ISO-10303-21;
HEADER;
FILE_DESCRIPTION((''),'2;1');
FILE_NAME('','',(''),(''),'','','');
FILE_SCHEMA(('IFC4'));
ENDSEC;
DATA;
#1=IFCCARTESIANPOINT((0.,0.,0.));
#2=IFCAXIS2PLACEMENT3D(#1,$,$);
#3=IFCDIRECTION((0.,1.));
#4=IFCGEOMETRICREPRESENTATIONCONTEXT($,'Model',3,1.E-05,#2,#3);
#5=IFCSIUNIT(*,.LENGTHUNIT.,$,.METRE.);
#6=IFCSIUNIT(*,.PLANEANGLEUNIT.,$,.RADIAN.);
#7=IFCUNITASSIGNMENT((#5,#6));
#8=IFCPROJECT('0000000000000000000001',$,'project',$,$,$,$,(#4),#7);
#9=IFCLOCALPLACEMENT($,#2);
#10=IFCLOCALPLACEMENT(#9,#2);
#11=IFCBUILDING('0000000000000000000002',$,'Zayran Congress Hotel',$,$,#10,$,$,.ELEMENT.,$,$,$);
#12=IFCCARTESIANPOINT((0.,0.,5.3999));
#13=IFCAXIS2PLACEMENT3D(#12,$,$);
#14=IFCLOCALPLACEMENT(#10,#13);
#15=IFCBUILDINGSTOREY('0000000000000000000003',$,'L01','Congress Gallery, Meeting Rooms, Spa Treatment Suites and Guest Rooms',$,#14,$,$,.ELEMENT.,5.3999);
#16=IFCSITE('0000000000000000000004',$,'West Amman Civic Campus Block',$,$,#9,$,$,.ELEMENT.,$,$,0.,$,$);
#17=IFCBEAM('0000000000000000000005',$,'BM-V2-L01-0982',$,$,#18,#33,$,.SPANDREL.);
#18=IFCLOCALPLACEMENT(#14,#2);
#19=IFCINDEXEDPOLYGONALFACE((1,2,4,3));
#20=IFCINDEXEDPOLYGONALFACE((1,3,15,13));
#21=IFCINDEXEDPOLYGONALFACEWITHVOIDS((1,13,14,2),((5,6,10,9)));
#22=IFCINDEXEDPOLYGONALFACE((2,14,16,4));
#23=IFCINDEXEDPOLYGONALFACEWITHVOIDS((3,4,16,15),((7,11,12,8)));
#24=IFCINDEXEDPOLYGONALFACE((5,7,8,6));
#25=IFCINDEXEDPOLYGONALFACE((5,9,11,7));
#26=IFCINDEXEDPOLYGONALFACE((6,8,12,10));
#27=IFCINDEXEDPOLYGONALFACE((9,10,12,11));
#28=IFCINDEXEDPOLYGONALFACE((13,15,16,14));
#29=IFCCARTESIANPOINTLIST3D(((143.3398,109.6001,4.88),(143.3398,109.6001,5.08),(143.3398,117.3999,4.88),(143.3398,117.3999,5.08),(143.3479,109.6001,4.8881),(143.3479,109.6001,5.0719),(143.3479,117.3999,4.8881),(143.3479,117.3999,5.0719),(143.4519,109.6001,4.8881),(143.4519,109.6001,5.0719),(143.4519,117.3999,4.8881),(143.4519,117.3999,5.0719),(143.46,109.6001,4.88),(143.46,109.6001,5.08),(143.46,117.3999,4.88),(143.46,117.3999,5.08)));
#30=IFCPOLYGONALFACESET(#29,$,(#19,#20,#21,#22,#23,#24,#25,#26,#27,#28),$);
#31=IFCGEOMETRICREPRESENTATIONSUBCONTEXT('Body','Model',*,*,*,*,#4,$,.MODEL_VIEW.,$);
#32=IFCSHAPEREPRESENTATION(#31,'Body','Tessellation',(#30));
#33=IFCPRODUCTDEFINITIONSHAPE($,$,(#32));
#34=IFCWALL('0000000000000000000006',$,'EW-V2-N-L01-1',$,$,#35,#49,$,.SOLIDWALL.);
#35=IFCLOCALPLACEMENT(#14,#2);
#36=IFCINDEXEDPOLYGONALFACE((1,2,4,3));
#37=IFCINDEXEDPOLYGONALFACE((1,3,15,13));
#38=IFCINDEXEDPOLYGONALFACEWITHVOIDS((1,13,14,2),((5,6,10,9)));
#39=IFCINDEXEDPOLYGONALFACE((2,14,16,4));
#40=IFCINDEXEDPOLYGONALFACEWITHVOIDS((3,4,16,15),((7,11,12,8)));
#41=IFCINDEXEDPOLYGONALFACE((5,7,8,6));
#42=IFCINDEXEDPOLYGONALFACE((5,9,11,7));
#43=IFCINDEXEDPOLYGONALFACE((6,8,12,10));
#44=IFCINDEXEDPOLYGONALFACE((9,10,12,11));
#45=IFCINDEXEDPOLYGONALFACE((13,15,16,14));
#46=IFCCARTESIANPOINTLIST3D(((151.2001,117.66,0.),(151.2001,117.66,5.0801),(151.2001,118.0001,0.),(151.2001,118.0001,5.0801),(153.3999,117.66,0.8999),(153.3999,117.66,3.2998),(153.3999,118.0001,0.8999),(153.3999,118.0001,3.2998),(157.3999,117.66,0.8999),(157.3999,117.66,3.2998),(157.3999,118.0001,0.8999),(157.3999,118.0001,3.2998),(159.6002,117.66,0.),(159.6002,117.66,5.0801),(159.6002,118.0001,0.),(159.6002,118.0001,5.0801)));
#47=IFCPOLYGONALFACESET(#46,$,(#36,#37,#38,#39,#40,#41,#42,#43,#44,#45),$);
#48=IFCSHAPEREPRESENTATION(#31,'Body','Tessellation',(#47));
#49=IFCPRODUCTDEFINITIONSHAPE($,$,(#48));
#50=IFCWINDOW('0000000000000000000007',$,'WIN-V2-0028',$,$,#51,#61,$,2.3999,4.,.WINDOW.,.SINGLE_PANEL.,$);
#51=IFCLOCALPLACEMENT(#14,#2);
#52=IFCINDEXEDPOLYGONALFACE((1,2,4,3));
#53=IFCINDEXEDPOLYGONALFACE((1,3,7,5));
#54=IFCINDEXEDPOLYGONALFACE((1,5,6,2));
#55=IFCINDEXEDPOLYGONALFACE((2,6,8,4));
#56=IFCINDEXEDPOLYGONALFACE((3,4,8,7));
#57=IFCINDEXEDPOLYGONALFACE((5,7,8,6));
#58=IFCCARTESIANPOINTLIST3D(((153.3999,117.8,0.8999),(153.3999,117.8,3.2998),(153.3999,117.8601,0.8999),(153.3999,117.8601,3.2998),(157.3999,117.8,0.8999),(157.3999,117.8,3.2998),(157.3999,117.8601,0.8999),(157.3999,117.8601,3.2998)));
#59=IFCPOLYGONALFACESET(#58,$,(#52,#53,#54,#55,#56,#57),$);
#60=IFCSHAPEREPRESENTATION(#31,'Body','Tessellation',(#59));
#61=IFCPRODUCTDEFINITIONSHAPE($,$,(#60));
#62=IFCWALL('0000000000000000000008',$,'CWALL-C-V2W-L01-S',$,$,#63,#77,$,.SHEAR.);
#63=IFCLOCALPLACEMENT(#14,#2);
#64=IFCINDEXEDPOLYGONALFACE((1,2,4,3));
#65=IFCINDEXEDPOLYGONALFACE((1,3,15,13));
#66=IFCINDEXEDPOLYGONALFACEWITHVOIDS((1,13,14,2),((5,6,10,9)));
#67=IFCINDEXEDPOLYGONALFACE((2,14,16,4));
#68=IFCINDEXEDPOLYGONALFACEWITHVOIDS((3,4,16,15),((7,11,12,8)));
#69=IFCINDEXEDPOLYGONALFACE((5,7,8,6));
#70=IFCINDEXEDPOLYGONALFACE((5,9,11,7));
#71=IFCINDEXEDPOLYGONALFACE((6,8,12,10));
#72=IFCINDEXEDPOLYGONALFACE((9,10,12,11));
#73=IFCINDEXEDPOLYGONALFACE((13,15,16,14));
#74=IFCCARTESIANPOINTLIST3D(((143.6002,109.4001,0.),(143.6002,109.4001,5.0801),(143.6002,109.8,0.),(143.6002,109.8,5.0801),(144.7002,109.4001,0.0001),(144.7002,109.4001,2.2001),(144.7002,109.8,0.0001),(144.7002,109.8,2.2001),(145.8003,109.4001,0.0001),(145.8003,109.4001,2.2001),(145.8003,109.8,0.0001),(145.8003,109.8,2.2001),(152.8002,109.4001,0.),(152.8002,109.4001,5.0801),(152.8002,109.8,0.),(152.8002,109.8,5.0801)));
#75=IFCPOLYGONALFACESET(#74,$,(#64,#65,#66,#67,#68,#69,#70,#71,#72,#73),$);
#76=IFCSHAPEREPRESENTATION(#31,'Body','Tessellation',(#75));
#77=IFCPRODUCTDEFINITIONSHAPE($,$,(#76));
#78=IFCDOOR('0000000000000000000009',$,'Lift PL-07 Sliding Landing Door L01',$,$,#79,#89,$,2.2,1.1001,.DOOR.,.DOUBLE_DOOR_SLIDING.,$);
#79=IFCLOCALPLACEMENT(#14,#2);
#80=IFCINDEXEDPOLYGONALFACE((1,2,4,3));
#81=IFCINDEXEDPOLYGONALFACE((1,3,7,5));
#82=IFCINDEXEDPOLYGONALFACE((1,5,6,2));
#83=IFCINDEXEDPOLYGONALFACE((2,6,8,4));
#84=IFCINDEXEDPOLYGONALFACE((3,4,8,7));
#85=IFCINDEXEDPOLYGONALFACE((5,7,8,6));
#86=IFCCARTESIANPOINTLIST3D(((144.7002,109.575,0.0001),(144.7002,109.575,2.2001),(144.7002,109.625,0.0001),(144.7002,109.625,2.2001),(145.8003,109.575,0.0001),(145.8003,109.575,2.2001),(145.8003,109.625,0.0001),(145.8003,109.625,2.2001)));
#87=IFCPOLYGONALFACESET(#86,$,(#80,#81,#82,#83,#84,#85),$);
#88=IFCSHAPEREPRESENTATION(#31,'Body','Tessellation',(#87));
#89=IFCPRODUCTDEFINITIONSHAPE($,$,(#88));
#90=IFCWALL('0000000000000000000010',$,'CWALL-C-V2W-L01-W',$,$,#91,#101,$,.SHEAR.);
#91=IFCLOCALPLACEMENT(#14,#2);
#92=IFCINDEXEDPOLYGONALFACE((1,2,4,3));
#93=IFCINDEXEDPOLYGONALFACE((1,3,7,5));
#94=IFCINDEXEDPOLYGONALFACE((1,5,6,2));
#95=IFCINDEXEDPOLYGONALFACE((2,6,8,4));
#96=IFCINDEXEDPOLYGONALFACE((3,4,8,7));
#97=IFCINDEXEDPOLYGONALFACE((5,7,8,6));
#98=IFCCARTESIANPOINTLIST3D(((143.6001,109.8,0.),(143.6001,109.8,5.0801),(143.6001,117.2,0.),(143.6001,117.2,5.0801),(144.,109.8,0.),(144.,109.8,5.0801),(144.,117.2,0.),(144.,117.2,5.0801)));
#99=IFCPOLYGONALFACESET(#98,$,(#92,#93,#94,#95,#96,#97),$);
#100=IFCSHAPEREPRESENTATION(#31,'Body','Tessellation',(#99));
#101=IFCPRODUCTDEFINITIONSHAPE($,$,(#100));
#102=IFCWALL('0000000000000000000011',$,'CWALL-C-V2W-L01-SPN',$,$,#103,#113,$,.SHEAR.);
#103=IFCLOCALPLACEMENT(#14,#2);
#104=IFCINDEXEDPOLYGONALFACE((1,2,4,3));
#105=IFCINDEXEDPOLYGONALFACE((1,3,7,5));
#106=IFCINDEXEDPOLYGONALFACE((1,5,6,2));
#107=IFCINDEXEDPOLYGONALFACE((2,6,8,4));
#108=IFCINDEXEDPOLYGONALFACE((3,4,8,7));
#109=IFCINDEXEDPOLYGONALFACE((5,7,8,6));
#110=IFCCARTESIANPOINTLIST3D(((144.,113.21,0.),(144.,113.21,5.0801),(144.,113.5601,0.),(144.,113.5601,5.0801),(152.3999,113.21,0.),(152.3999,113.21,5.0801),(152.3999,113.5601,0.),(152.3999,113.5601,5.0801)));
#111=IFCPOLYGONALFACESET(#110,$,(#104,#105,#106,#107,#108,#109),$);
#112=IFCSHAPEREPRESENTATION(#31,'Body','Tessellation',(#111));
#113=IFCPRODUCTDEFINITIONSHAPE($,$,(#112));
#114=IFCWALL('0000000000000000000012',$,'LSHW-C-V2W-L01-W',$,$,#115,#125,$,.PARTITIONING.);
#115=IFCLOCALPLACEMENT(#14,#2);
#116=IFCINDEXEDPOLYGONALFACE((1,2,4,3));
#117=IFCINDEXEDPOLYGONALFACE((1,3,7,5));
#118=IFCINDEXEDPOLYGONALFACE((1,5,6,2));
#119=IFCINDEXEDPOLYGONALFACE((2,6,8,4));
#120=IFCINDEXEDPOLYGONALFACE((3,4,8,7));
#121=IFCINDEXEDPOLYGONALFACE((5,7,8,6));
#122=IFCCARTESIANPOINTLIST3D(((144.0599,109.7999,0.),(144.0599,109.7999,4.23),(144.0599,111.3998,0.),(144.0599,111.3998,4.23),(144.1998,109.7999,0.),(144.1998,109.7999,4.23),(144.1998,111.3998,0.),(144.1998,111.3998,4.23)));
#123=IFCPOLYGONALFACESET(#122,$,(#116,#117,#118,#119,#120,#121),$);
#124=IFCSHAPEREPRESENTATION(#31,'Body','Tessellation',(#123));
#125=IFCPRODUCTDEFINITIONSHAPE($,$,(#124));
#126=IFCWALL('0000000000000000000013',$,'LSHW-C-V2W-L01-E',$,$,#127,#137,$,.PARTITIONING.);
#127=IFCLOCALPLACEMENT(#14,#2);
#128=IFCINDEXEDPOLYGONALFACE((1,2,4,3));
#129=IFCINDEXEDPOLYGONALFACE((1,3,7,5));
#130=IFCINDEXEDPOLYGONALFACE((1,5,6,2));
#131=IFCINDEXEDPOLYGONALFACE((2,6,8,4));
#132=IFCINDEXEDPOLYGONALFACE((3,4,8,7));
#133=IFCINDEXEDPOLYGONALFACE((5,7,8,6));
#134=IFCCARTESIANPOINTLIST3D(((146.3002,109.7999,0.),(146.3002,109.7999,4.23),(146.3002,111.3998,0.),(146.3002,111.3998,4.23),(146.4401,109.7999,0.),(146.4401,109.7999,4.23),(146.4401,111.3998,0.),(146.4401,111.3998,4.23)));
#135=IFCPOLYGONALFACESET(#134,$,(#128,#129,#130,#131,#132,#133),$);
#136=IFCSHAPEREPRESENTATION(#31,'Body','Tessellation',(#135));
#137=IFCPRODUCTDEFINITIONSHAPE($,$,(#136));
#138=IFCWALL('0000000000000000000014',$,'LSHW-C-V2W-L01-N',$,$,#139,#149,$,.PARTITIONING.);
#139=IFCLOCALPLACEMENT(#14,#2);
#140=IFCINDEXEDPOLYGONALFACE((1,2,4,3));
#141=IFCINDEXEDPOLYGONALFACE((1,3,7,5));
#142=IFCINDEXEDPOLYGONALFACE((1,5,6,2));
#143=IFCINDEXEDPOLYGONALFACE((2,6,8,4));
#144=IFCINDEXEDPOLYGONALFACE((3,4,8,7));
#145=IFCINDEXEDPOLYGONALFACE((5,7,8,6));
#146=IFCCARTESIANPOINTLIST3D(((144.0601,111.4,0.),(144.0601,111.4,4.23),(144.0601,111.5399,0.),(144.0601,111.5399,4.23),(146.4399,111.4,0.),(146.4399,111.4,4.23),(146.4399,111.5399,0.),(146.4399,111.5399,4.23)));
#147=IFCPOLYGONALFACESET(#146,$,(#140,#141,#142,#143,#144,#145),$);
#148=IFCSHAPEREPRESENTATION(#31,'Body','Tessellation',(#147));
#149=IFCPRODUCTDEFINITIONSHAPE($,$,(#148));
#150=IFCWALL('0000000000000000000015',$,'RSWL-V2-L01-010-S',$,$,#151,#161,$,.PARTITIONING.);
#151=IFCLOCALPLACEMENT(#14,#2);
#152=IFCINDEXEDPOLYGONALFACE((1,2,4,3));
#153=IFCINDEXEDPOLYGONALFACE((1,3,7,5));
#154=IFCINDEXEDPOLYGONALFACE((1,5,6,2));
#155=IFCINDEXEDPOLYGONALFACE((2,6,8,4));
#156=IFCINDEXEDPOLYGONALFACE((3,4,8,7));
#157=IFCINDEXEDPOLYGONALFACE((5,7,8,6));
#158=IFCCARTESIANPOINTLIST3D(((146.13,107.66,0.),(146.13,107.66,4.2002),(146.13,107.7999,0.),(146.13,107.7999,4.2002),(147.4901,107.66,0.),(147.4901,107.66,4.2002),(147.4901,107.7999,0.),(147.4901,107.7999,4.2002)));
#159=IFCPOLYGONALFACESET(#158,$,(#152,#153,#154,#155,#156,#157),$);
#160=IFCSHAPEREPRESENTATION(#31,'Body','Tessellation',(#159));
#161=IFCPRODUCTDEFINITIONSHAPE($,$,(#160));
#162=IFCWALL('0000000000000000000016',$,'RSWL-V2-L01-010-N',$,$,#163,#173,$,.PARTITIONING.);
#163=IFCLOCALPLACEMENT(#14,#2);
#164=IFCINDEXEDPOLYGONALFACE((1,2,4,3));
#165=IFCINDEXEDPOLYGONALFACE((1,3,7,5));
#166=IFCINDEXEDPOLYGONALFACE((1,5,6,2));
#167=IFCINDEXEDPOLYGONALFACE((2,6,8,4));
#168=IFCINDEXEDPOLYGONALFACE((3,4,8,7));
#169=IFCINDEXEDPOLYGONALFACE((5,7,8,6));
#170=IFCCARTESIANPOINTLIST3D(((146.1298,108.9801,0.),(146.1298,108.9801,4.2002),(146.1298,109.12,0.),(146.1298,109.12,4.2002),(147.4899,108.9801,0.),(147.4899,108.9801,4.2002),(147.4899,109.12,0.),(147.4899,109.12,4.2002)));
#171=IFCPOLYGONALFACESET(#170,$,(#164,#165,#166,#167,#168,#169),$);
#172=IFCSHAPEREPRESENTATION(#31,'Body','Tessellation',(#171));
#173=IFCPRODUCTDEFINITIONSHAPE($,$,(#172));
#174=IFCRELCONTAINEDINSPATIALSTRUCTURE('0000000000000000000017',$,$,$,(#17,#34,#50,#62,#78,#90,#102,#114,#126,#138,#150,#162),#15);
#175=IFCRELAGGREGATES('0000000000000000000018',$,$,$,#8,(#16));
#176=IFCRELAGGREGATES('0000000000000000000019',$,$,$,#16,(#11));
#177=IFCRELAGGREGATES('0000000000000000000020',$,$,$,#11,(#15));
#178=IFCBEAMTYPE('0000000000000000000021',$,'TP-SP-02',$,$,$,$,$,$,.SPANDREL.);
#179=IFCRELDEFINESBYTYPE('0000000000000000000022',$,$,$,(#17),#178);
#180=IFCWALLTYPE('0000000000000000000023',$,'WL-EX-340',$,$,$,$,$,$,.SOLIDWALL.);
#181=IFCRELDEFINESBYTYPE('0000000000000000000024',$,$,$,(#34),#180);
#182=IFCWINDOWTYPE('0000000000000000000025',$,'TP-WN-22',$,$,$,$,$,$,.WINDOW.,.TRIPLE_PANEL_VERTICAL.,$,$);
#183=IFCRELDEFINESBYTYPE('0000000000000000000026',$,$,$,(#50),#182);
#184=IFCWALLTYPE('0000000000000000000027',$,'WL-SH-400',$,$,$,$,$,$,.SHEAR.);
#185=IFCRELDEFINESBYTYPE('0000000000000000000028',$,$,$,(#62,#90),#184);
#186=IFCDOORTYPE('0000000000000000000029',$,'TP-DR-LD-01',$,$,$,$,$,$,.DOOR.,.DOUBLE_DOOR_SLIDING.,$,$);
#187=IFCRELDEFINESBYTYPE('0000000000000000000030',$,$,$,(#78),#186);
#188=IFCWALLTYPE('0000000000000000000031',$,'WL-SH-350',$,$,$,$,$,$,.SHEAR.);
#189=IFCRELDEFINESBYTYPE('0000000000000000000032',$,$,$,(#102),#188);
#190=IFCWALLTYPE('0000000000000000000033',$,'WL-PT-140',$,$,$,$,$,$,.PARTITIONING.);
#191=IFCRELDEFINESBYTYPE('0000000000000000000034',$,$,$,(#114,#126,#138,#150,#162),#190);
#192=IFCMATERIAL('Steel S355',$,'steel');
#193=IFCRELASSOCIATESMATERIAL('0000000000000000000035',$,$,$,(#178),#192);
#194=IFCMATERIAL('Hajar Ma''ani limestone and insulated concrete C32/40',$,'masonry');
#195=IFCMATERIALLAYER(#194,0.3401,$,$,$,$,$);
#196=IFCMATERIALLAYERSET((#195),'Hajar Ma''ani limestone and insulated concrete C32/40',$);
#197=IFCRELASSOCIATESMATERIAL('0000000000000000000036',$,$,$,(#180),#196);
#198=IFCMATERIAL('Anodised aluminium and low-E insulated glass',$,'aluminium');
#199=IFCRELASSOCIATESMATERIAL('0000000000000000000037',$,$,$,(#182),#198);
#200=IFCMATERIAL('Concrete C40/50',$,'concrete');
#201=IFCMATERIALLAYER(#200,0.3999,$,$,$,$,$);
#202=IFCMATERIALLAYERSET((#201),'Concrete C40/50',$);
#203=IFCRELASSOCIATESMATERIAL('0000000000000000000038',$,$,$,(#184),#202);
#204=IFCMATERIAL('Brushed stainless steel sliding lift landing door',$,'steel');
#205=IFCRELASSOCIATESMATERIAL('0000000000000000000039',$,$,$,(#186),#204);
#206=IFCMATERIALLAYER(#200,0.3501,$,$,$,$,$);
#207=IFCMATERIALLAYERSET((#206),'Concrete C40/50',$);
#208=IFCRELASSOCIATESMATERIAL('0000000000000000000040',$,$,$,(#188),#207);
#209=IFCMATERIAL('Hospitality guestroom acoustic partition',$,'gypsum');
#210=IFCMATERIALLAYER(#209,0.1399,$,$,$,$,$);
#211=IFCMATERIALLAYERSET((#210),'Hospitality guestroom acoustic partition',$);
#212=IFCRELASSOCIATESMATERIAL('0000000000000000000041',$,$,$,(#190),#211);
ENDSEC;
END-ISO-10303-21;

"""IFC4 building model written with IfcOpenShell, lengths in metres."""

from ifc_helpers import new_model, si_unit, direction, frame, frame_2d, origin, origin_2d, place, context, subcontext, project, spatial, rectangle, hollow_rectangle, extrude, material, layer, layer_set, material_profile, profile_set, type_object, element, fill, save


model = new_model("IFC4")

# Units and contexts
model_context = context("Model", 3, precision=1e-05, world=origin(), true_north=direction((0.0, 1.0)))
body_context = subcontext(model_context, "Body", "Model", "MODEL_VIEW")
ifc_project = project(units=[si_unit("LENGTHUNIT", "METRE"), si_unit("PLANEANGLEUNIT", "RADIAN")], contexts=[model_context])

# Site, building, storey
site_placement = place(None, origin())
site = spatial("IfcSite", under=ifc_project, at=site_placement, Name="West Amman Civic Campus Block", CompositionType="ELEMENT", RefElevation=0.0)
building_placement = place(site_placement, origin())
building = spatial("IfcBuilding", under=site, at=building_placement, Name="Zayran Congress Hotel", CompositionType="ELEMENT")
storey_placement = place(building_placement, frame((0.0, 0.0, 5.3999)))
storey = spatial("IfcBuildingStorey", under=building, at=storey_placement, Name="L01", Description="Congress Gallery, Meeting Rooms, Spa Treatment Suites and Guest Rooms", CompositionType="ELEMENT", Elevation=5.3999)

# Shared definitions
ifc_material_1 = material(Name="Steel S355", Category="steel")

# Beam
ifc_material_profile_1 = material_profile(ifc_material_1, hollow_rectangle(XDim=0.1201, YDim=0.2, WallThickness=0.0081, at=origin_2d()), Name="RHS 200x120x8")
ifc_profile_set_1 = profile_set([ifc_material_profile_1], Name="Steel S355")
beam_type_1 = type_object("IfcBeamType", Name="TP-SP-02", PredefinedType="SPANDREL", material=ifc_profile_set_1)
beam_1_placement = place(storey_placement, frame((143.3999, 109.6001, 4.98), z_axis=(0.0, 1.0, 0.0), x_axis=(-1.0, 0.0, 0.0)))
element("IfcBeam", 1, at=beam_1_placement, inside=storey, type_object=beam_type_1, Name="BM-V2-L01-0982", PredefinedType="SPANDREL", context=body_context, shape_type="SweptSolid", body=[
    extrude(hollow_rectangle(XDim=0.1201, YDim=0.2, WallThickness=0.0081, at=origin_2d()), origin(), (0.0, 0.0, 1.0), 7.7998),
])

# Wall, opening, window
ifc_material_2 = material(Name="Hajar Ma'ani limestone and insulated concrete C32/40", Category="masonry")
ifc_layer_1 = layer(ifc_material_2, 0.3401)
ifc_layer_set_1 = layer_set([ifc_layer_1], Name="Hajar Ma'ani limestone and insulated concrete C32/40")
wall_type_1 = type_object("IfcWallType", Name="WL-EX-340", PredefinedType="SOLIDWALL", material=ifc_layer_set_1)
wall_1_placement = place(storey_placement, frame((151.2, 117.8301, 0.0), z_axis=(0.0, 0.0, 1.0), x_axis=(1.0, 0.0, 0.0)))
wall_1 = element("IfcWall", 2, at=wall_1_placement, inside=storey, type_object=wall_type_1, Name="EW-V2-N-L01-1", PredefinedType="SOLIDWALL", context=body_context, shape_type="SweptSolid", body=[
    extrude(rectangle(XDim=8.4001, YDim=0.3401, at=frame_2d((4.2002, 0.0))), origin(), (0.0, 0.0, 1.0), 5.0801),
])
opening_1_placement = place(wall_1_placement, frame((2.2, 0.0, 0.8999)))
opening_1 = element("IfcOpeningElement", 3, at=opening_1_placement, cuts=wall_1, PredefinedType="OPENING", context=body_context, shape_type="SweptSolid", body=[
    extrude(rectangle(XDim=4.0, YDim=2.3999, at=frame_2d((2.0, 1.2))), frame((0.0, 0.1799, 0.0), z_axis=(0.0, -1.0, 0.0), x_axis=(1.0, 0.0, 0.0)), (0.0, 0.0, 1.0), 0.3601),
])
ifc_material_3 = material(Name="Anodised aluminium and low-E insulated glass", Category="aluminium")
window_type = type_object("IfcWindowType", Name="TP-WN-22", PartitioningType="TRIPLE_PANEL_VERTICAL", PredefinedType="WINDOW", material=ifc_material_3)
window_placement = place(opening_1_placement, origin())
window = element("IfcWindow", 4, at=window_placement, inside=storey, type_object=window_type, Name="WIN-V2-0028", OverallHeight=2.3999, OverallWidth=4.0, PartitioningType="SINGLE_PANEL", PredefinedType="WINDOW", context=body_context, shape_type="SweptSolid", body=[
    extrude(rectangle(XDim=4.0, YDim=2.3999, at=frame_2d((2.0, 1.2))), frame((0.0, 0.03, 0.0), z_axis=(0.0, -1.0, 0.0), x_axis=(1.0, 0.0, 0.0)), (0.0, 0.0, 1.0), 0.0601),
])
fill(opening_1, window)

# Wall, opening, door
ifc_material_4 = material(Name="Concrete C40/50", Category="concrete")
ifc_layer_2 = layer(ifc_material_4, 0.3999)
ifc_layer_set_2 = layer_set([ifc_layer_2], Name="Concrete C40/50")
wall_type_2 = type_object("IfcWallType", Name="WL-SH-400", PredefinedType="SHEAR", material=ifc_layer_set_2)
wall_2_placement = place(storey_placement, frame((143.6001, 109.6001, 0.0), z_axis=(0.0, 0.0, 1.0), x_axis=(1.0, 0.0, 0.0)))
wall_2 = element("IfcWall", 5, at=wall_2_placement, inside=storey, type_object=wall_type_2, Name="CWALL-C-V2W-L01-S", PredefinedType="SHEAR", context=body_context, shape_type="SweptSolid", body=[
    extrude(rectangle(XDim=9.2, YDim=0.3999, at=frame_2d((4.6001, 0.0))), origin(), (0.0, 0.0, 1.0), 5.0801),
])
opening_2_placement = place(wall_2_placement, frame((1.1001, 0.0, 0.0)))
opening_2 = element("IfcOpeningElement", 6, at=opening_2_placement, cuts=wall_2, PredefinedType="OPENING", context=body_context, shape_type="SweptSolid", body=[
    extrude(rectangle(XDim=1.1001, YDim=2.2, at=frame_2d((0.55, 1.1001))), frame((0.0, 0.21, 0.0), z_axis=(0.0, -1.0, 0.0), x_axis=(1.0, 0.0, 0.0)), (0.0, 0.0, 1.0), 0.4199),
])
ifc_material_5 = material(Name="Brushed stainless steel sliding lift landing door", Category="steel")
door_type_1 = type_object("IfcDoorType", Name="TP-DR-LD-01", OperationType="DOUBLE_DOOR_SLIDING", PredefinedType="DOOR", material=ifc_material_5)
door_1_placement = place(opening_2_placement, origin())
door_1 = element("IfcDoor", 7, at=door_1_placement, inside=storey, type_object=door_type_1, Name="Lift PL-07 Sliding Landing Door L01", OperationType="DOUBLE_DOOR_SLIDING", OverallHeight=2.2, OverallWidth=1.1001, PredefinedType="DOOR", context=body_context, shape_type="SweptSolid", body=[
    extrude(rectangle(XDim=1.1001, YDim=2.2, at=frame_2d((0.55, 1.1001))), frame((0.0, 0.0249, 0.0), z_axis=(0.0, -1.0, 0.0), x_axis=(1.0, 0.0, 0.0)), (0.0, 0.0, 1.0), 0.05),
])
fill(opening_2, door_1)

# Walls
wall_3_placement = place(storey_placement, frame((143.8, 117.2, 0.0), z_axis=(0.0, 0.0, 1.0), x_axis=(0.0, -1.0, 0.0)))
element("IfcWall", 8, at=wall_3_placement, inside=storey, type_object=wall_type_2, Name="CWALL-C-V2W-L01-W", PredefinedType="SHEAR", context=body_context, shape_type="SweptSolid", body=[
    extrude(rectangle(XDim=7.3999, YDim=0.3999, at=frame_2d((3.7, 0.0))), origin(), (0.0, 0.0, 1.0), 5.0801),
])
ifc_layer_3 = layer(ifc_material_4, 0.3501)
ifc_layer_set_3 = layer_set([ifc_layer_3], Name="Concrete C40/50")
wall_type_3 = type_object("IfcWallType", Name="WL-SH-350", PredefinedType="SHEAR", material=ifc_layer_set_3)
wall_4_placement = place(storey_placement, frame((144.0, 113.385, 0.0), z_axis=(0.0, 0.0, 1.0), x_axis=(1.0, 0.0, 0.0)))
element("IfcWall", 9, at=wall_4_placement, inside=storey, type_object=wall_type_3, Name="CWALL-C-V2W-L01-SPN", PredefinedType="SHEAR", context=body_context, shape_type="SweptSolid", body=[
    extrude(rectangle(XDim=8.3999, YDim=0.3501, at=frame_2d((4.2, 0.0))), origin(), (0.0, 0.0, 1.0), 5.0801),
])
ifc_material_6 = material(Name="Hospitality guestroom acoustic partition", Category="gypsum")
ifc_layer_4 = layer(ifc_material_6, 0.1399)
ifc_layer_set_4 = layer_set([ifc_layer_4], Name="Hospitality guestroom acoustic partition")
wall_type_4 = type_object("IfcWallType", Name="WL-PT-140", PredefinedType="PARTITIONING", material=ifc_layer_set_4)
for number, where, z_axis, x_axis, name in (
    (10, (144.1299, 109.8, 0.0), (0.0, 0.0, 1.0), (0.0, 1.0, 0.0), "LSHW-C-V2W-L01-W"),
    (11, (146.3701, 109.8, 0.0), (0.0, 0.0, 1.0), (0.0, 1.0, 0.0), "LSHW-C-V2W-L01-E"),
):
    element("IfcWall", number, at=place(storey_placement, frame(where, z_axis=z_axis, x_axis=x_axis)), inside=storey, type_object=wall_type_4, Name=name, PredefinedType="PARTITIONING", context=body_context, shape_type="SweptSolid", body=[
        extrude(rectangle(XDim=1.5999, YDim=0.1399, at=frame_2d((0.7998, 0.0))), origin(), (0.0, 0.0, 1.0), 4.23),
    ])
wall_5_placement = place(storey_placement, frame((144.0601, 111.47, 0.0), z_axis=(0.0, 0.0, 1.0), x_axis=(1.0, 0.0, 0.0)))
element("IfcWall", 12, at=wall_5_placement, inside=storey, type_object=wall_type_4, Name="LSHW-C-V2W-L01-N", PredefinedType="PARTITIONING", context=body_context, shape_type="SweptSolid", body=[
    extrude(rectangle(XDim=2.3799, YDim=0.1399, at=frame_2d((1.1899, 0.0))), origin(), (0.0, 0.0, 1.0), 4.23),
])
for number, where, z_axis, x_axis, name in (
    (13, (146.1299, 107.73, 0.0), (0.0, 0.0, 1.0), (1.0, 0.0, 0.0), "RSWL-V2-L01-010-S"),
    (14, (147.49, 109.05, 0.0), (0.0, 0.0, 1.0), (-1.0, 0.0, 0.0), "RSWL-V2-L01-010-N"),
):
    element("IfcWall", number, at=place(storey_placement, frame(where, z_axis=z_axis, x_axis=x_axis)), inside=storey, type_object=wall_type_4, Name=name, PredefinedType="PARTITIONING", context=body_context, shape_type="SweptSolid", body=[
        extrude(rectangle(XDim=1.3601, YDim=0.1399, at=frame_2d((0.6802, 0.0))), origin(), (0.0, 0.0, 1.0), 4.2002),
    ])

save(model, "model.ifc")
